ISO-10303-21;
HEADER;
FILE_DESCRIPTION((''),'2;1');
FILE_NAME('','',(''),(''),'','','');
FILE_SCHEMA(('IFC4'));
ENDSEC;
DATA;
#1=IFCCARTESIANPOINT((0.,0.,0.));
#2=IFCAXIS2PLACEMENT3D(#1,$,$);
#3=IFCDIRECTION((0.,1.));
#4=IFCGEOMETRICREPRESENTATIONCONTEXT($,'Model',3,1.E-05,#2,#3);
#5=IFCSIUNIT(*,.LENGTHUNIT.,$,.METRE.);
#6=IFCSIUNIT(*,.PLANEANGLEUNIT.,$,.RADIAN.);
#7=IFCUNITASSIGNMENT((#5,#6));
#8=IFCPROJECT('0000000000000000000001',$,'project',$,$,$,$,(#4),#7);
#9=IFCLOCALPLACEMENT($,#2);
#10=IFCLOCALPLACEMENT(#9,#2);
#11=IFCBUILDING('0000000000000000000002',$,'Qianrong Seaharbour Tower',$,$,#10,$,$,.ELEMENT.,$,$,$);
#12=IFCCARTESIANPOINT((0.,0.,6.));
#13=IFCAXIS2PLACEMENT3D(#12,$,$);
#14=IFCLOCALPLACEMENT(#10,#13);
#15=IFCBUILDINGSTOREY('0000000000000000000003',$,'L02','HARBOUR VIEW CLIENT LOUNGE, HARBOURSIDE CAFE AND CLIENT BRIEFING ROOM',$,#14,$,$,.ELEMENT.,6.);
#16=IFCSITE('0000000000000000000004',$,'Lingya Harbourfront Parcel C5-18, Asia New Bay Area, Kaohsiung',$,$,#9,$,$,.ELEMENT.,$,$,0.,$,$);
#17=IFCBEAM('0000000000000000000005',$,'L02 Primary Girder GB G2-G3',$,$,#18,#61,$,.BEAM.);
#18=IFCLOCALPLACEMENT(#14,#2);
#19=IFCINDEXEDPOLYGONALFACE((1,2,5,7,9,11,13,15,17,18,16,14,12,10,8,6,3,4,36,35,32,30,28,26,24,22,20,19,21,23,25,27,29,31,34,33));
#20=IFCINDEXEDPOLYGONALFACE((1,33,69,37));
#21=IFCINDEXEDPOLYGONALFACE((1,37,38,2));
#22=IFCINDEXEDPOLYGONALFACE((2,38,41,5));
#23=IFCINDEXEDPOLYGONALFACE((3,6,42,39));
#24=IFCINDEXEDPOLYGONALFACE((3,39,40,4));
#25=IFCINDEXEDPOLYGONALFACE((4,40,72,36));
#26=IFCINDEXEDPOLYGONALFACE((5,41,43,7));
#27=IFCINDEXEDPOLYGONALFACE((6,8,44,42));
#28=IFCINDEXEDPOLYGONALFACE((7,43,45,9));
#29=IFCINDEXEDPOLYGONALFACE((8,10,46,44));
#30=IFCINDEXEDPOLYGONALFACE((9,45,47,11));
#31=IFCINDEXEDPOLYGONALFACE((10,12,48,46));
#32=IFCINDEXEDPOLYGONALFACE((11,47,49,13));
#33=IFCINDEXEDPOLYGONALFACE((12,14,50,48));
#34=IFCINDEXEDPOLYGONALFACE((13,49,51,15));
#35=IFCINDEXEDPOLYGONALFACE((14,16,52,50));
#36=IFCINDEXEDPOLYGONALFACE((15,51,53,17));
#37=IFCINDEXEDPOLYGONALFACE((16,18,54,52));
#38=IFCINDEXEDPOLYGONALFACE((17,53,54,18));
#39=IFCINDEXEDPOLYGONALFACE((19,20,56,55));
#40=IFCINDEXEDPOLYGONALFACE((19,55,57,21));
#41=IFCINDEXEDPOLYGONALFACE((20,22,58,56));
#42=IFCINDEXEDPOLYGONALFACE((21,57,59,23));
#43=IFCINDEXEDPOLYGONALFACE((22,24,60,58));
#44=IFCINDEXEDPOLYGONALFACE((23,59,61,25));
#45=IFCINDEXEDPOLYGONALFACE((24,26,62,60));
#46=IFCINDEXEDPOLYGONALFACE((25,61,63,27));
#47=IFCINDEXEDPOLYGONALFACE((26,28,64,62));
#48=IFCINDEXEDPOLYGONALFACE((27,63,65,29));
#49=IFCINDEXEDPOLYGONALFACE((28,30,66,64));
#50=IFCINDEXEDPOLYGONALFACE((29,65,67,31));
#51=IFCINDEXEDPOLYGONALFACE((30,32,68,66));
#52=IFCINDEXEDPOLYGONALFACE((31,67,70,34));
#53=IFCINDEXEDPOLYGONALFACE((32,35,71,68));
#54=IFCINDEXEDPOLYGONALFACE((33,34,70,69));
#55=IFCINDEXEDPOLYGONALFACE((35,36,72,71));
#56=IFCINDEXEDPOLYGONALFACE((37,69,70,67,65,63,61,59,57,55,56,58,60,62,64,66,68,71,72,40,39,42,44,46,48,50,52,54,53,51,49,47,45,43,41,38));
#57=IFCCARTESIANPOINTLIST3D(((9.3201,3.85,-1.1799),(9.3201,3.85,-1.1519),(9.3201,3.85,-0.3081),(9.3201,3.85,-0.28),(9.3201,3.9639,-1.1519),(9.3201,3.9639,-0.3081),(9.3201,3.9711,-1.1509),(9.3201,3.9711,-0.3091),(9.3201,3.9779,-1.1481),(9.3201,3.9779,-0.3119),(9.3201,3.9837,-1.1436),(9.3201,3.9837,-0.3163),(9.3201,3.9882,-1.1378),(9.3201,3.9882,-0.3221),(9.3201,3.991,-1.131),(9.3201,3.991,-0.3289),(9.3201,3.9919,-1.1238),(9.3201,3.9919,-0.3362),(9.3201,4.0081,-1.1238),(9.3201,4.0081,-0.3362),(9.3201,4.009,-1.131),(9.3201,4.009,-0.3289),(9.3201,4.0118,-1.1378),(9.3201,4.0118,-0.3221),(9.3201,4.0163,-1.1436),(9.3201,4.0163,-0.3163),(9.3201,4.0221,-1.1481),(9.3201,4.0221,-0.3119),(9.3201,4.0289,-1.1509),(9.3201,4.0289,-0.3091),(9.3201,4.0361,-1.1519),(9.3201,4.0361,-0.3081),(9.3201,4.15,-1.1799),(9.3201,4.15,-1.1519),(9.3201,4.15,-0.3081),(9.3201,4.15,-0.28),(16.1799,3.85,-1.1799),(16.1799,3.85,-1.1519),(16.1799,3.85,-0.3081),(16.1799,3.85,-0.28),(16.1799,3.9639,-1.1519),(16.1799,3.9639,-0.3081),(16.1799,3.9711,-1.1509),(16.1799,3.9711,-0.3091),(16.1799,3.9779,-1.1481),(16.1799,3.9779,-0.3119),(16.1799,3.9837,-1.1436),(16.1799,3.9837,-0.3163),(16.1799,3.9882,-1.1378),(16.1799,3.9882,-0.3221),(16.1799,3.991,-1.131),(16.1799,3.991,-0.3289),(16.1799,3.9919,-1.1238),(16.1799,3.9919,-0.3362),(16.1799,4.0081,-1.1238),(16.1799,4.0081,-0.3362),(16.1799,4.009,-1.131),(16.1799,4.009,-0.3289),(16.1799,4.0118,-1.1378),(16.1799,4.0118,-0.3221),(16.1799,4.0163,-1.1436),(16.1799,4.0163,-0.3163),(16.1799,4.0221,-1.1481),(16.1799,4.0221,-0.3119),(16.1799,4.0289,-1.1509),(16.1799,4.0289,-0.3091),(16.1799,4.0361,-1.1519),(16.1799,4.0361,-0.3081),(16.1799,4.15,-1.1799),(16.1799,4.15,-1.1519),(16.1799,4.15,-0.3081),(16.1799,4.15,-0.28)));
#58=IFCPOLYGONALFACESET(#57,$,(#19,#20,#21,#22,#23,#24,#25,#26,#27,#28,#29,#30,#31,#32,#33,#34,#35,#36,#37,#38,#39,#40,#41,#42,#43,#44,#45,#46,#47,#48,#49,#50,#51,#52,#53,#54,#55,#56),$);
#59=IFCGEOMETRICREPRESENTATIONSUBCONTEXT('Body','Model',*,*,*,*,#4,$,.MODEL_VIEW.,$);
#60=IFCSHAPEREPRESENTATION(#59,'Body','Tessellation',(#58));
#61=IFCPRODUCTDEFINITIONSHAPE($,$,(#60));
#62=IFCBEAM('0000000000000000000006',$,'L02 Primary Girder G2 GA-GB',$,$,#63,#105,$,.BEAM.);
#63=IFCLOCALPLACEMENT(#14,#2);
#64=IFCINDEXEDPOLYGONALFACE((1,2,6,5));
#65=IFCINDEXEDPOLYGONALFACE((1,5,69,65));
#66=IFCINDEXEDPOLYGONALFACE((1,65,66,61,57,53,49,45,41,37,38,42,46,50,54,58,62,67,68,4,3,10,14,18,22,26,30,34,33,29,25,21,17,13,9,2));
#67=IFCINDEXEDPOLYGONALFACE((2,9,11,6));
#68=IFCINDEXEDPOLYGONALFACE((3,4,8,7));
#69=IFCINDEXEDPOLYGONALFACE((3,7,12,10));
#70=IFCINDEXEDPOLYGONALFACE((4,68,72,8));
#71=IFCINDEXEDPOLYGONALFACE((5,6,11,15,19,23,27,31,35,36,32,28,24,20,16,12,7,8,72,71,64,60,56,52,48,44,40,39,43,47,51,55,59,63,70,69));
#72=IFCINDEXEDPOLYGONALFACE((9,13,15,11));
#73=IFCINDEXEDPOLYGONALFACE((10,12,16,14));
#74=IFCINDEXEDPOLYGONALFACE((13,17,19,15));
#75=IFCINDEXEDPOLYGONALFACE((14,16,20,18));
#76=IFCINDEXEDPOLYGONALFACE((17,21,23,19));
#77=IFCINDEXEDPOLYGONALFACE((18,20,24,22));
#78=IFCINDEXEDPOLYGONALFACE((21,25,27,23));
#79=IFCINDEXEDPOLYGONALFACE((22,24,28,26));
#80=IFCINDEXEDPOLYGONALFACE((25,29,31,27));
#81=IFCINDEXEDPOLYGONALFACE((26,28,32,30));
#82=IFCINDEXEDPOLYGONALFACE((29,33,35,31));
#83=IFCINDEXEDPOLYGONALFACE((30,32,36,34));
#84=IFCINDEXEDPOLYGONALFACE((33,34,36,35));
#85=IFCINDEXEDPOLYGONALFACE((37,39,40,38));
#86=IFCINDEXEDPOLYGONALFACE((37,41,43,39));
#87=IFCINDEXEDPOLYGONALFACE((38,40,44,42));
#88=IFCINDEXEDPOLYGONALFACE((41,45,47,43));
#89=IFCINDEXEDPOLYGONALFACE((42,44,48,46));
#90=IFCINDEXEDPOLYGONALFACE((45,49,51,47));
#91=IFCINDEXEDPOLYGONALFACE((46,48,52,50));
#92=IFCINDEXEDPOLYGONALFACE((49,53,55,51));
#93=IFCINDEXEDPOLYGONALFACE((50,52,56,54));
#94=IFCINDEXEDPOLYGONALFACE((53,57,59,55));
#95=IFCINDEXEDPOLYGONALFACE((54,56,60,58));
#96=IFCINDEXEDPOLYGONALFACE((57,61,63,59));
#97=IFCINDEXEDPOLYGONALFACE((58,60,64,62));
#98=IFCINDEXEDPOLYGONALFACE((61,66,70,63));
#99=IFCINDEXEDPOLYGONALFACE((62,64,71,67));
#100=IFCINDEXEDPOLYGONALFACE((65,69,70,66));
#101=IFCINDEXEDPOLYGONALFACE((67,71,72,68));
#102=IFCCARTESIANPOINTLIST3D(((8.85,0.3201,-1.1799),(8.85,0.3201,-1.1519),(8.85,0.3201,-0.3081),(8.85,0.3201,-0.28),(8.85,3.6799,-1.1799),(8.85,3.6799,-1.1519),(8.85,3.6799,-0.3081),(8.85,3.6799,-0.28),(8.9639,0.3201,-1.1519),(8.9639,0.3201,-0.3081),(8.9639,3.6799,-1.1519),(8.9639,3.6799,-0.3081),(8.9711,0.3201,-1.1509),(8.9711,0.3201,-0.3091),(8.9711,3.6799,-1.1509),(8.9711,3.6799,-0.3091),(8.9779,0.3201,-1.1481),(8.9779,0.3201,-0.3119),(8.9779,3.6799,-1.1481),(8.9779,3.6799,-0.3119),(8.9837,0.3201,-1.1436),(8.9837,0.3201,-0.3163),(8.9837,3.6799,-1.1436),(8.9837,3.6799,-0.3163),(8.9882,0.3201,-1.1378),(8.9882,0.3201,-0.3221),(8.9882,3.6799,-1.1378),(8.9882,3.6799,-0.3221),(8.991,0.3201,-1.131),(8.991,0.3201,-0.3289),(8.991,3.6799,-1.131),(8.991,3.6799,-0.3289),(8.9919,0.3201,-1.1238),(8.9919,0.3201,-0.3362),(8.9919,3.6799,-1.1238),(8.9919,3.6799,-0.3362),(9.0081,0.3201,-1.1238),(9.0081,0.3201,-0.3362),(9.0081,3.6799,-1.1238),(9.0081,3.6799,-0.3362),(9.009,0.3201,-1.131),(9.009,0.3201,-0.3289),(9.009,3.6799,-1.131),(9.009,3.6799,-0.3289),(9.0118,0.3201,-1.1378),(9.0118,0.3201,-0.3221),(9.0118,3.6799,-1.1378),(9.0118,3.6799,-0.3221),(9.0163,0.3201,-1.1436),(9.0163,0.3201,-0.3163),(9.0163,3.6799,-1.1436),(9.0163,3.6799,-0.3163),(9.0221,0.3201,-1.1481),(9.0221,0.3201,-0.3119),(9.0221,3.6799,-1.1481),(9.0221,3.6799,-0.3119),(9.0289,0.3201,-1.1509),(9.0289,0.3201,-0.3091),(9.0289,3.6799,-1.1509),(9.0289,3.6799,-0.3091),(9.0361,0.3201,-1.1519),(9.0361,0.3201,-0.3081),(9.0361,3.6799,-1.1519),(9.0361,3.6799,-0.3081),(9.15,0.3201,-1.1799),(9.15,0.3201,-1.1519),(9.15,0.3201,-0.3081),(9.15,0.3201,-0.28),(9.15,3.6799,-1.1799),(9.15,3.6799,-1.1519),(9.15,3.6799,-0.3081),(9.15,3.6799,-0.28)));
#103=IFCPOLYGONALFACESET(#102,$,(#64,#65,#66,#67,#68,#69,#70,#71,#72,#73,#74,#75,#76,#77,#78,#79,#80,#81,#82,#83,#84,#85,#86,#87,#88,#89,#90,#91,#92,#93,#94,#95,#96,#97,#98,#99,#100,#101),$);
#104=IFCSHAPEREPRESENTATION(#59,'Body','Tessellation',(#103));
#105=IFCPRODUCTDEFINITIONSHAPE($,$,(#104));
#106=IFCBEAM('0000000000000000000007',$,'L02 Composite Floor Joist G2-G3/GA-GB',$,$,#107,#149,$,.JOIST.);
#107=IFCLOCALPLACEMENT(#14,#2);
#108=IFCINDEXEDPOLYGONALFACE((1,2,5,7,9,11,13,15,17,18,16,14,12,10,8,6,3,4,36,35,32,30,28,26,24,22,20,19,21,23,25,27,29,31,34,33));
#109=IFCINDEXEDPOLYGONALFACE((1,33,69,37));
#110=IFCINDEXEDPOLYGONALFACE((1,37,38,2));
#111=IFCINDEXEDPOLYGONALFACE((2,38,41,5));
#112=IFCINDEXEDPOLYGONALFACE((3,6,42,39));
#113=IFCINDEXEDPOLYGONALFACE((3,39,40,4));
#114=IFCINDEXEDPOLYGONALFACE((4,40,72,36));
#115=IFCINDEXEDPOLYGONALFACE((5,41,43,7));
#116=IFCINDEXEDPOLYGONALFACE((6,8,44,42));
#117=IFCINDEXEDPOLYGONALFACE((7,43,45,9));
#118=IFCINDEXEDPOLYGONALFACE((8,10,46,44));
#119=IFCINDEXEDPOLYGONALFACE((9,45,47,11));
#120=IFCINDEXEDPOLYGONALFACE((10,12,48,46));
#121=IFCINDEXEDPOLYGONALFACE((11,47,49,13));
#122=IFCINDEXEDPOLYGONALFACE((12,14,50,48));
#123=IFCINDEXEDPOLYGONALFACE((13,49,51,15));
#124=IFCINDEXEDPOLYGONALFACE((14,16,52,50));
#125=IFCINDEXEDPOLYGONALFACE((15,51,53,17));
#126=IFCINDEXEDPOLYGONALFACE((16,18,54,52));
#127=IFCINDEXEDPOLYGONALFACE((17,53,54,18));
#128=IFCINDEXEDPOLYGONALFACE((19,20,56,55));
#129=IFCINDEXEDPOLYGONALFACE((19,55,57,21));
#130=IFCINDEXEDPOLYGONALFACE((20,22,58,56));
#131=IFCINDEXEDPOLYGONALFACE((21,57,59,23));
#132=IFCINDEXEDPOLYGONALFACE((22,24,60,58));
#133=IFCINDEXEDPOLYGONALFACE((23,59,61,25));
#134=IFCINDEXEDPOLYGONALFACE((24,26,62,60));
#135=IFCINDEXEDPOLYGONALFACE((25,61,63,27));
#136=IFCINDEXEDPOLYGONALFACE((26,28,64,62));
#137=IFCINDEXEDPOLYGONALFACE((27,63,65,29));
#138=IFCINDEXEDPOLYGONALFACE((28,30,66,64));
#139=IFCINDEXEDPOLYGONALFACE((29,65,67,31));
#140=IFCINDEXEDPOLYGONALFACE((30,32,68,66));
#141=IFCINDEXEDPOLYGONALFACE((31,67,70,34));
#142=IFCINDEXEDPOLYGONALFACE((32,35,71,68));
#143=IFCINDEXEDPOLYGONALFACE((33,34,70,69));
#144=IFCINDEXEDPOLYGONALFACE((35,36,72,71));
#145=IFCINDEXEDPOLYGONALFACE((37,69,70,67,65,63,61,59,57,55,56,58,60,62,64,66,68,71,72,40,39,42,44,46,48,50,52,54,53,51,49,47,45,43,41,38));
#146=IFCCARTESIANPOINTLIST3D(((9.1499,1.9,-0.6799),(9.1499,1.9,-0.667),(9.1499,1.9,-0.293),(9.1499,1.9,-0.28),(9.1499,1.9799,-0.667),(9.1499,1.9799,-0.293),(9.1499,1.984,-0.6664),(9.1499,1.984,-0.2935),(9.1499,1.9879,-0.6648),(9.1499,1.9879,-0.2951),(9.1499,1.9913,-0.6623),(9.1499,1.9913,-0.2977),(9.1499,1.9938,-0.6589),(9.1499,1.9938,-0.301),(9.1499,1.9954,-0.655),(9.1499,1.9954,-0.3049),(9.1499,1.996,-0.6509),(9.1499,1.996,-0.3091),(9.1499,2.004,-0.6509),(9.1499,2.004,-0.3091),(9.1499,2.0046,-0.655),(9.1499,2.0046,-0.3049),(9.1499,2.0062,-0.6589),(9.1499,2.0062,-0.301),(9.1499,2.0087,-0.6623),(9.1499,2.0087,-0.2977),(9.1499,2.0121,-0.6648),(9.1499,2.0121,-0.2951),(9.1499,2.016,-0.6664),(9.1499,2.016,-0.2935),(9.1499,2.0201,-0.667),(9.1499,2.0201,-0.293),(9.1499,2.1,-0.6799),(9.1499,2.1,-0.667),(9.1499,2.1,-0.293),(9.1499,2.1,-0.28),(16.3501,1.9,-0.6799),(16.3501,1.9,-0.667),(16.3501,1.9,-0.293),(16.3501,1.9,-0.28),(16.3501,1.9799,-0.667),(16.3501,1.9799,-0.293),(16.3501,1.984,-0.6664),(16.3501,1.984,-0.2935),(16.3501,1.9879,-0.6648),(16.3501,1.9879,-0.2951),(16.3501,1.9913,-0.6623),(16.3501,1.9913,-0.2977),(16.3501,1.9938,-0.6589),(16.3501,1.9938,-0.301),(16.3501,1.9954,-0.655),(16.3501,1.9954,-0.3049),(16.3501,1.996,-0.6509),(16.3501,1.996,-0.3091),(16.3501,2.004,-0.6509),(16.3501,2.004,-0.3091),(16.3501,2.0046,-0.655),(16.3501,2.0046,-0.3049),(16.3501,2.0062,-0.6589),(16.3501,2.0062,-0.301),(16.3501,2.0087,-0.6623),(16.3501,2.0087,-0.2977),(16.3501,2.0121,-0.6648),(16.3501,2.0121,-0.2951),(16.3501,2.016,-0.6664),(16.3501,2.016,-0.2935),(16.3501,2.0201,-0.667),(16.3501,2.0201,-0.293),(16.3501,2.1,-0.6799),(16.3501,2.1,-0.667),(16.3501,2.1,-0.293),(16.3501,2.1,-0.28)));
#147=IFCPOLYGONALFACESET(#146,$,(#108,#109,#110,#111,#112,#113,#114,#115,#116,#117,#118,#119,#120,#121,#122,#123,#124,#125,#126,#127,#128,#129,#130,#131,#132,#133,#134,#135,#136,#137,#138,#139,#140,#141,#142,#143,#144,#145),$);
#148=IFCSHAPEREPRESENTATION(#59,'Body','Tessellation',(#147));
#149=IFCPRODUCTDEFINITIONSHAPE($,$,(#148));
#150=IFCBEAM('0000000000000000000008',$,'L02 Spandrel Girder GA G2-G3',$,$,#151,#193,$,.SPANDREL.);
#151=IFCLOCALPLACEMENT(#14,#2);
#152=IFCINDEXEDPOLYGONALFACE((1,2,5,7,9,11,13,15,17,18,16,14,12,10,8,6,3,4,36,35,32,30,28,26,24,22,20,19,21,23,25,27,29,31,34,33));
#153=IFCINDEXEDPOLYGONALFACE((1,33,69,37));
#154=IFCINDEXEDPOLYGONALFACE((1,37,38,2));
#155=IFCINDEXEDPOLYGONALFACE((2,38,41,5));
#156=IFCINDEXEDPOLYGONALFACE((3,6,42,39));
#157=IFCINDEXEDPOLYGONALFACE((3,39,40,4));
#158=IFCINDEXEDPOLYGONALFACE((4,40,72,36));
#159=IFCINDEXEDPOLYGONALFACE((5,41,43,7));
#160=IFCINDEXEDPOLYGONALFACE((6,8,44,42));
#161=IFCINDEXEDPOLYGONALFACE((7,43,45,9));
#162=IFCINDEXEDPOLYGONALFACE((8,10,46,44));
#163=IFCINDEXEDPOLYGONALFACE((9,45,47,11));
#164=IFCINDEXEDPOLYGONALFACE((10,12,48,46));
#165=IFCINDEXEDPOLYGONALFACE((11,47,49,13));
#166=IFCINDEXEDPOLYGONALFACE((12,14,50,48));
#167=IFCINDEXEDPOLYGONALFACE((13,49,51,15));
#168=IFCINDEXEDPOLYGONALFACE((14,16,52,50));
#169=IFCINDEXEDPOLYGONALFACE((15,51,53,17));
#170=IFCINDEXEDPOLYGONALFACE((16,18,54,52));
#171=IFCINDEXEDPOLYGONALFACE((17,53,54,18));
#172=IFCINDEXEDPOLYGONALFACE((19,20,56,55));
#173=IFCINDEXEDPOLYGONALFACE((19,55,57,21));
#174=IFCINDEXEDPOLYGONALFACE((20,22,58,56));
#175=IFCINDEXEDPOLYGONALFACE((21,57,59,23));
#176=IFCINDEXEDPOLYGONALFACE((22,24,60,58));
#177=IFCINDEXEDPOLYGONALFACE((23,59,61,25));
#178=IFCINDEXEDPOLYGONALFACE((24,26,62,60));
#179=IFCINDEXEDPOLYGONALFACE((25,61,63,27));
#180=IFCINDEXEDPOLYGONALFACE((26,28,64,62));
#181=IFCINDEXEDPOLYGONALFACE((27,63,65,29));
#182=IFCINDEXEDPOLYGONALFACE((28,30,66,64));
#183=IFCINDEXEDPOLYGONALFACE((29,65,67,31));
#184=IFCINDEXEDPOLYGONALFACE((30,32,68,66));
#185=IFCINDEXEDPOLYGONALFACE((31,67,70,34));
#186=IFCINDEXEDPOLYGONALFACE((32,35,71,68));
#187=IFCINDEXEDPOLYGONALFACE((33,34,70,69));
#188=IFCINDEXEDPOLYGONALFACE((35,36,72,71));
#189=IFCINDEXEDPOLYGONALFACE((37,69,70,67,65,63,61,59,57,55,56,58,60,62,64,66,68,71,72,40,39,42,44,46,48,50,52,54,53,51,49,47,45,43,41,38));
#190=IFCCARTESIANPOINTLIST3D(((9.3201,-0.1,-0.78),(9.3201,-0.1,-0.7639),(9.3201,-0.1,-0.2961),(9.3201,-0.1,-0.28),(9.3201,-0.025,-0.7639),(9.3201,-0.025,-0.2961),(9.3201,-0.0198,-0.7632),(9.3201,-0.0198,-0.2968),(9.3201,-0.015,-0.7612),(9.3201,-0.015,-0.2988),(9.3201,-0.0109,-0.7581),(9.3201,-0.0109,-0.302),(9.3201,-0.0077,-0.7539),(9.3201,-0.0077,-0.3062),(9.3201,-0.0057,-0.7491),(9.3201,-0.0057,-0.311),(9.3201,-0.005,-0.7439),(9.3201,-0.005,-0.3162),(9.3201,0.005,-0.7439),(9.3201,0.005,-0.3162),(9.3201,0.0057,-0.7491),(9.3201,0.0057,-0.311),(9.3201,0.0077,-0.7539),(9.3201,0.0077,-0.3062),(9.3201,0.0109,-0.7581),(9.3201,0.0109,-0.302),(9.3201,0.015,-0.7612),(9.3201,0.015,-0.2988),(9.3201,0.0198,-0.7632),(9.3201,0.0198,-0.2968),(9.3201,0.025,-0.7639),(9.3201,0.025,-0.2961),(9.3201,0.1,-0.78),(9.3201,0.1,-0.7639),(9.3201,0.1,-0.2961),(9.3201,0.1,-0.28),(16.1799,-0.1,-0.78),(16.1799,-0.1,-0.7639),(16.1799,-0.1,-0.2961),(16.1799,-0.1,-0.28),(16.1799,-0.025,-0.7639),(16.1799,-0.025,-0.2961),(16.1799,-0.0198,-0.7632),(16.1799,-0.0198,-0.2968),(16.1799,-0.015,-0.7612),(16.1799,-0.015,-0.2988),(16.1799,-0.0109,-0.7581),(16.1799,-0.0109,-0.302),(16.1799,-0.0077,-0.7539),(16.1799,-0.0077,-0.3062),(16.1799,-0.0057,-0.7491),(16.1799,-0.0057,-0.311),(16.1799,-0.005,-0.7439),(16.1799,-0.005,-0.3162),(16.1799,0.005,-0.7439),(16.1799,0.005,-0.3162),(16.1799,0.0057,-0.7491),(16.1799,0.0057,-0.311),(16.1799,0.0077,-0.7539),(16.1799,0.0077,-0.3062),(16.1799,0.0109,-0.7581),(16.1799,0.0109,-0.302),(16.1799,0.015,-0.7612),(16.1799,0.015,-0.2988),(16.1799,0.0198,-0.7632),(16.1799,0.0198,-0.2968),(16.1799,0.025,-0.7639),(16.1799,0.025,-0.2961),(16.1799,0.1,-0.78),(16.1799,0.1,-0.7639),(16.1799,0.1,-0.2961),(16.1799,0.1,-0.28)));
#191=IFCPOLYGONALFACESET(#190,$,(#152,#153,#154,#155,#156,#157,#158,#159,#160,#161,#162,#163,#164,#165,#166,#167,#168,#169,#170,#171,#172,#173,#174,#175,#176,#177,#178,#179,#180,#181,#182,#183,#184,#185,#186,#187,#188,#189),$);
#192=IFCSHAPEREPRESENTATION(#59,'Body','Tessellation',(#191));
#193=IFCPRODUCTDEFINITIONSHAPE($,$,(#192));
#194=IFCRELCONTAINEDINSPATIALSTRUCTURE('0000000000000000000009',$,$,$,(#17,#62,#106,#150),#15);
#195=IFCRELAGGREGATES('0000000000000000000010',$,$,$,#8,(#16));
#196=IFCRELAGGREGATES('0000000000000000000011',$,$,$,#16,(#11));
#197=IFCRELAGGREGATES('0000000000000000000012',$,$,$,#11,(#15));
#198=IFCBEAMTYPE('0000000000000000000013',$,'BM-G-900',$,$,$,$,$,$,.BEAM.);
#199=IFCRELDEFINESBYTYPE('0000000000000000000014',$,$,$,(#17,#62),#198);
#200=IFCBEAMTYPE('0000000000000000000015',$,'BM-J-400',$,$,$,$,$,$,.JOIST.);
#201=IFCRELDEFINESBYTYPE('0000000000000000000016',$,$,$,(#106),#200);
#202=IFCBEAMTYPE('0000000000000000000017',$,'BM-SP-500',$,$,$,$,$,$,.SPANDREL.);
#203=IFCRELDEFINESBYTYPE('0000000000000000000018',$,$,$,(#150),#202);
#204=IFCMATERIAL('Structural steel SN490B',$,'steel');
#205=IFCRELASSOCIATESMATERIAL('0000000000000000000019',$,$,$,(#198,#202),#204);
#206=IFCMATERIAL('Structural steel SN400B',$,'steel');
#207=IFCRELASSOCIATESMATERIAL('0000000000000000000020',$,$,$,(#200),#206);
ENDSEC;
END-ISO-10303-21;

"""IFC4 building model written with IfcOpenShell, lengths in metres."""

from ifc_helpers import new_model, si_unit, direction, frame, origin, origin_2d, place, context, subcontext, project, spatial, i_section, extrude, material, material_profile, profile_set, type_object, element, save


model = new_model("IFC4")

# Units and contexts
model_context = context("Model", 3, precision=1e-05, world=origin(), true_north=direction((0.0, 1.0)))
body_context = subcontext(model_context, "Body", "Model", "MODEL_VIEW")
ifc_project = project(units=[si_unit("LENGTHUNIT", "METRE"), si_unit("PLANEANGLEUNIT", "RADIAN")], contexts=[model_context])

# Site, building, storey
site_placement = place(None, origin())
site = spatial("IfcSite", under=ifc_project, at=site_placement, Name="Lingya Harbourfront Parcel C5-18, Asia New Bay Area, Kaohsiung", CompositionType="ELEMENT", RefElevation=0.0)
building_placement = place(site_placement, origin())
building = spatial("IfcBuilding", under=site, at=building_placement, Name="Qianrong Seaharbour Tower", CompositionType="ELEMENT")
storey_placement = place(building_placement, frame((0.0, 0.0, 6.0)))
storey = spatial("IfcBuildingStorey", under=building, at=storey_placement, Name="L02", Description="HARBOUR VIEW CLIENT LOUNGE, HARBOURSIDE CAFE AND CLIENT BRIEFING ROOM", CompositionType="ELEMENT", Elevation=6.0)

# Shared definitions
ifc_material_1 = material(Name="Structural steel SN490B", Category="steel")

# Beams
ifc_material_profile_1 = material_profile(ifc_material_1, i_section(OverallWidth=0.3, OverallDepth=0.8999, WebThickness=0.0161, FlangeThickness=0.0281, FilletRadius=0.0281, at=origin_2d()), Name="H900x300x16x28")
ifc_profile_set_1 = profile_set([ifc_material_profile_1], Name="Structural steel SN490B")
beam_type_1 = type_object("IfcBeamType", Name="BM-G-900", PredefinedType="BEAM", material=ifc_profile_set_1)
beam_1_placement = place(storey_placement, frame((9.3201, 4.0, -0.73), z_axis=(1.0, 0.0, 0.0), x_axis=(0.0, 1.0, 0.0)))
element("IfcBeam", 1, at=beam_1_placement, inside=storey, type_object=beam_type_1, Name="L02 Primary Girder GB G2-G3", PredefinedType="BEAM", context=body_context, shape_type="SweptSolid", body=[
    extrude(i_section(OverallWidth=0.3, OverallDepth=0.8999, WebThickness=0.0161, FlangeThickness=0.0281, FilletRadius=0.0281, at=origin_2d()), origin(), (0.0, 0.0, 1.0), 6.8599),
])
beam_2_placement = place(storey_placement, frame((9.0, 0.3201, -0.73), z_axis=(0.0, 1.0, 0.0), x_axis=(-1.0, 0.0, 0.0)))
element("IfcBeam", 2, at=beam_2_placement, inside=storey, type_object=beam_type_1, Name="L02 Primary Girder G2 GA-GB", PredefinedType="BEAM", context=body_context, shape_type="SweptSolid", body=[
    extrude(i_section(OverallWidth=0.3, OverallDepth=0.8999, WebThickness=0.0161, FlangeThickness=0.0281, FilletRadius=0.0281, at=origin_2d()), origin(), (0.0, 0.0, 1.0), 3.3599),
])
ifc_material_2 = material(Name="Structural steel SN400B", Category="steel")
ifc_material_profile_2 = material_profile(ifc_material_2, i_section(OverallWidth=0.2, OverallDepth=0.3999, WebThickness=0.0081, FlangeThickness=0.0129, FilletRadius=0.0161, at=origin_2d()), Name="H400x200x8x13")
ifc_profile_set_2 = profile_set([ifc_material_profile_2], Name="Structural steel SN400B")
beam_type_2 = type_object("IfcBeamType", Name="BM-J-400", PredefinedType="JOIST", material=ifc_profile_set_2)
beam_3_placement = place(storey_placement, frame((9.1499, 2.0, -0.48), z_axis=(1.0, 0.0, 0.0), x_axis=(0.0, 1.0, 0.0)))
element("IfcBeam", 3, at=beam_3_placement, inside=storey, type_object=beam_type_2, Name="L02 Composite Floor Joist G2-G3/GA-GB", PredefinedType="JOIST", context=body_context, shape_type="SweptSolid", body=[
    extrude(i_section(OverallWidth=0.2, OverallDepth=0.3999, WebThickness=0.0081, FlangeThickness=0.0129, FilletRadius=0.0161, at=origin_2d()), origin(), (0.0, 0.0, 1.0), 7.2002),
])
ifc_material_profile_3 = material_profile(ifc_material_1, i_section(OverallWidth=0.2, OverallDepth=0.5, WebThickness=0.01, FlangeThickness=0.0161, FilletRadius=0.02, at=origin_2d()), Name="H500x200x10x16")
ifc_profile_set_3 = profile_set([ifc_material_profile_3], Name="Structural steel SN490B")
beam_type_3 = type_object("IfcBeamType", Name="BM-SP-500", PredefinedType="SPANDREL", material=ifc_profile_set_3)
beam_4_placement = place(storey_placement, frame((9.3201, 0.0, -0.53), z_axis=(1.0, 0.0, 0.0), x_axis=(0.0, 1.0, 0.0)))
element("IfcBeam", 4, at=beam_4_placement, inside=storey, type_object=beam_type_3, Name="L02 Spandrel Girder GA G2-G3", PredefinedType="SPANDREL", context=body_context, shape_type="SweptSolid", body=[
    extrude(i_section(OverallWidth=0.2, OverallDepth=0.5, WebThickness=0.01, FlangeThickness=0.0161, FilletRadius=0.02, at=origin_2d()), origin(), (0.0, 0.0, 1.0), 6.8599),
])

save(model, "model.ifc")
